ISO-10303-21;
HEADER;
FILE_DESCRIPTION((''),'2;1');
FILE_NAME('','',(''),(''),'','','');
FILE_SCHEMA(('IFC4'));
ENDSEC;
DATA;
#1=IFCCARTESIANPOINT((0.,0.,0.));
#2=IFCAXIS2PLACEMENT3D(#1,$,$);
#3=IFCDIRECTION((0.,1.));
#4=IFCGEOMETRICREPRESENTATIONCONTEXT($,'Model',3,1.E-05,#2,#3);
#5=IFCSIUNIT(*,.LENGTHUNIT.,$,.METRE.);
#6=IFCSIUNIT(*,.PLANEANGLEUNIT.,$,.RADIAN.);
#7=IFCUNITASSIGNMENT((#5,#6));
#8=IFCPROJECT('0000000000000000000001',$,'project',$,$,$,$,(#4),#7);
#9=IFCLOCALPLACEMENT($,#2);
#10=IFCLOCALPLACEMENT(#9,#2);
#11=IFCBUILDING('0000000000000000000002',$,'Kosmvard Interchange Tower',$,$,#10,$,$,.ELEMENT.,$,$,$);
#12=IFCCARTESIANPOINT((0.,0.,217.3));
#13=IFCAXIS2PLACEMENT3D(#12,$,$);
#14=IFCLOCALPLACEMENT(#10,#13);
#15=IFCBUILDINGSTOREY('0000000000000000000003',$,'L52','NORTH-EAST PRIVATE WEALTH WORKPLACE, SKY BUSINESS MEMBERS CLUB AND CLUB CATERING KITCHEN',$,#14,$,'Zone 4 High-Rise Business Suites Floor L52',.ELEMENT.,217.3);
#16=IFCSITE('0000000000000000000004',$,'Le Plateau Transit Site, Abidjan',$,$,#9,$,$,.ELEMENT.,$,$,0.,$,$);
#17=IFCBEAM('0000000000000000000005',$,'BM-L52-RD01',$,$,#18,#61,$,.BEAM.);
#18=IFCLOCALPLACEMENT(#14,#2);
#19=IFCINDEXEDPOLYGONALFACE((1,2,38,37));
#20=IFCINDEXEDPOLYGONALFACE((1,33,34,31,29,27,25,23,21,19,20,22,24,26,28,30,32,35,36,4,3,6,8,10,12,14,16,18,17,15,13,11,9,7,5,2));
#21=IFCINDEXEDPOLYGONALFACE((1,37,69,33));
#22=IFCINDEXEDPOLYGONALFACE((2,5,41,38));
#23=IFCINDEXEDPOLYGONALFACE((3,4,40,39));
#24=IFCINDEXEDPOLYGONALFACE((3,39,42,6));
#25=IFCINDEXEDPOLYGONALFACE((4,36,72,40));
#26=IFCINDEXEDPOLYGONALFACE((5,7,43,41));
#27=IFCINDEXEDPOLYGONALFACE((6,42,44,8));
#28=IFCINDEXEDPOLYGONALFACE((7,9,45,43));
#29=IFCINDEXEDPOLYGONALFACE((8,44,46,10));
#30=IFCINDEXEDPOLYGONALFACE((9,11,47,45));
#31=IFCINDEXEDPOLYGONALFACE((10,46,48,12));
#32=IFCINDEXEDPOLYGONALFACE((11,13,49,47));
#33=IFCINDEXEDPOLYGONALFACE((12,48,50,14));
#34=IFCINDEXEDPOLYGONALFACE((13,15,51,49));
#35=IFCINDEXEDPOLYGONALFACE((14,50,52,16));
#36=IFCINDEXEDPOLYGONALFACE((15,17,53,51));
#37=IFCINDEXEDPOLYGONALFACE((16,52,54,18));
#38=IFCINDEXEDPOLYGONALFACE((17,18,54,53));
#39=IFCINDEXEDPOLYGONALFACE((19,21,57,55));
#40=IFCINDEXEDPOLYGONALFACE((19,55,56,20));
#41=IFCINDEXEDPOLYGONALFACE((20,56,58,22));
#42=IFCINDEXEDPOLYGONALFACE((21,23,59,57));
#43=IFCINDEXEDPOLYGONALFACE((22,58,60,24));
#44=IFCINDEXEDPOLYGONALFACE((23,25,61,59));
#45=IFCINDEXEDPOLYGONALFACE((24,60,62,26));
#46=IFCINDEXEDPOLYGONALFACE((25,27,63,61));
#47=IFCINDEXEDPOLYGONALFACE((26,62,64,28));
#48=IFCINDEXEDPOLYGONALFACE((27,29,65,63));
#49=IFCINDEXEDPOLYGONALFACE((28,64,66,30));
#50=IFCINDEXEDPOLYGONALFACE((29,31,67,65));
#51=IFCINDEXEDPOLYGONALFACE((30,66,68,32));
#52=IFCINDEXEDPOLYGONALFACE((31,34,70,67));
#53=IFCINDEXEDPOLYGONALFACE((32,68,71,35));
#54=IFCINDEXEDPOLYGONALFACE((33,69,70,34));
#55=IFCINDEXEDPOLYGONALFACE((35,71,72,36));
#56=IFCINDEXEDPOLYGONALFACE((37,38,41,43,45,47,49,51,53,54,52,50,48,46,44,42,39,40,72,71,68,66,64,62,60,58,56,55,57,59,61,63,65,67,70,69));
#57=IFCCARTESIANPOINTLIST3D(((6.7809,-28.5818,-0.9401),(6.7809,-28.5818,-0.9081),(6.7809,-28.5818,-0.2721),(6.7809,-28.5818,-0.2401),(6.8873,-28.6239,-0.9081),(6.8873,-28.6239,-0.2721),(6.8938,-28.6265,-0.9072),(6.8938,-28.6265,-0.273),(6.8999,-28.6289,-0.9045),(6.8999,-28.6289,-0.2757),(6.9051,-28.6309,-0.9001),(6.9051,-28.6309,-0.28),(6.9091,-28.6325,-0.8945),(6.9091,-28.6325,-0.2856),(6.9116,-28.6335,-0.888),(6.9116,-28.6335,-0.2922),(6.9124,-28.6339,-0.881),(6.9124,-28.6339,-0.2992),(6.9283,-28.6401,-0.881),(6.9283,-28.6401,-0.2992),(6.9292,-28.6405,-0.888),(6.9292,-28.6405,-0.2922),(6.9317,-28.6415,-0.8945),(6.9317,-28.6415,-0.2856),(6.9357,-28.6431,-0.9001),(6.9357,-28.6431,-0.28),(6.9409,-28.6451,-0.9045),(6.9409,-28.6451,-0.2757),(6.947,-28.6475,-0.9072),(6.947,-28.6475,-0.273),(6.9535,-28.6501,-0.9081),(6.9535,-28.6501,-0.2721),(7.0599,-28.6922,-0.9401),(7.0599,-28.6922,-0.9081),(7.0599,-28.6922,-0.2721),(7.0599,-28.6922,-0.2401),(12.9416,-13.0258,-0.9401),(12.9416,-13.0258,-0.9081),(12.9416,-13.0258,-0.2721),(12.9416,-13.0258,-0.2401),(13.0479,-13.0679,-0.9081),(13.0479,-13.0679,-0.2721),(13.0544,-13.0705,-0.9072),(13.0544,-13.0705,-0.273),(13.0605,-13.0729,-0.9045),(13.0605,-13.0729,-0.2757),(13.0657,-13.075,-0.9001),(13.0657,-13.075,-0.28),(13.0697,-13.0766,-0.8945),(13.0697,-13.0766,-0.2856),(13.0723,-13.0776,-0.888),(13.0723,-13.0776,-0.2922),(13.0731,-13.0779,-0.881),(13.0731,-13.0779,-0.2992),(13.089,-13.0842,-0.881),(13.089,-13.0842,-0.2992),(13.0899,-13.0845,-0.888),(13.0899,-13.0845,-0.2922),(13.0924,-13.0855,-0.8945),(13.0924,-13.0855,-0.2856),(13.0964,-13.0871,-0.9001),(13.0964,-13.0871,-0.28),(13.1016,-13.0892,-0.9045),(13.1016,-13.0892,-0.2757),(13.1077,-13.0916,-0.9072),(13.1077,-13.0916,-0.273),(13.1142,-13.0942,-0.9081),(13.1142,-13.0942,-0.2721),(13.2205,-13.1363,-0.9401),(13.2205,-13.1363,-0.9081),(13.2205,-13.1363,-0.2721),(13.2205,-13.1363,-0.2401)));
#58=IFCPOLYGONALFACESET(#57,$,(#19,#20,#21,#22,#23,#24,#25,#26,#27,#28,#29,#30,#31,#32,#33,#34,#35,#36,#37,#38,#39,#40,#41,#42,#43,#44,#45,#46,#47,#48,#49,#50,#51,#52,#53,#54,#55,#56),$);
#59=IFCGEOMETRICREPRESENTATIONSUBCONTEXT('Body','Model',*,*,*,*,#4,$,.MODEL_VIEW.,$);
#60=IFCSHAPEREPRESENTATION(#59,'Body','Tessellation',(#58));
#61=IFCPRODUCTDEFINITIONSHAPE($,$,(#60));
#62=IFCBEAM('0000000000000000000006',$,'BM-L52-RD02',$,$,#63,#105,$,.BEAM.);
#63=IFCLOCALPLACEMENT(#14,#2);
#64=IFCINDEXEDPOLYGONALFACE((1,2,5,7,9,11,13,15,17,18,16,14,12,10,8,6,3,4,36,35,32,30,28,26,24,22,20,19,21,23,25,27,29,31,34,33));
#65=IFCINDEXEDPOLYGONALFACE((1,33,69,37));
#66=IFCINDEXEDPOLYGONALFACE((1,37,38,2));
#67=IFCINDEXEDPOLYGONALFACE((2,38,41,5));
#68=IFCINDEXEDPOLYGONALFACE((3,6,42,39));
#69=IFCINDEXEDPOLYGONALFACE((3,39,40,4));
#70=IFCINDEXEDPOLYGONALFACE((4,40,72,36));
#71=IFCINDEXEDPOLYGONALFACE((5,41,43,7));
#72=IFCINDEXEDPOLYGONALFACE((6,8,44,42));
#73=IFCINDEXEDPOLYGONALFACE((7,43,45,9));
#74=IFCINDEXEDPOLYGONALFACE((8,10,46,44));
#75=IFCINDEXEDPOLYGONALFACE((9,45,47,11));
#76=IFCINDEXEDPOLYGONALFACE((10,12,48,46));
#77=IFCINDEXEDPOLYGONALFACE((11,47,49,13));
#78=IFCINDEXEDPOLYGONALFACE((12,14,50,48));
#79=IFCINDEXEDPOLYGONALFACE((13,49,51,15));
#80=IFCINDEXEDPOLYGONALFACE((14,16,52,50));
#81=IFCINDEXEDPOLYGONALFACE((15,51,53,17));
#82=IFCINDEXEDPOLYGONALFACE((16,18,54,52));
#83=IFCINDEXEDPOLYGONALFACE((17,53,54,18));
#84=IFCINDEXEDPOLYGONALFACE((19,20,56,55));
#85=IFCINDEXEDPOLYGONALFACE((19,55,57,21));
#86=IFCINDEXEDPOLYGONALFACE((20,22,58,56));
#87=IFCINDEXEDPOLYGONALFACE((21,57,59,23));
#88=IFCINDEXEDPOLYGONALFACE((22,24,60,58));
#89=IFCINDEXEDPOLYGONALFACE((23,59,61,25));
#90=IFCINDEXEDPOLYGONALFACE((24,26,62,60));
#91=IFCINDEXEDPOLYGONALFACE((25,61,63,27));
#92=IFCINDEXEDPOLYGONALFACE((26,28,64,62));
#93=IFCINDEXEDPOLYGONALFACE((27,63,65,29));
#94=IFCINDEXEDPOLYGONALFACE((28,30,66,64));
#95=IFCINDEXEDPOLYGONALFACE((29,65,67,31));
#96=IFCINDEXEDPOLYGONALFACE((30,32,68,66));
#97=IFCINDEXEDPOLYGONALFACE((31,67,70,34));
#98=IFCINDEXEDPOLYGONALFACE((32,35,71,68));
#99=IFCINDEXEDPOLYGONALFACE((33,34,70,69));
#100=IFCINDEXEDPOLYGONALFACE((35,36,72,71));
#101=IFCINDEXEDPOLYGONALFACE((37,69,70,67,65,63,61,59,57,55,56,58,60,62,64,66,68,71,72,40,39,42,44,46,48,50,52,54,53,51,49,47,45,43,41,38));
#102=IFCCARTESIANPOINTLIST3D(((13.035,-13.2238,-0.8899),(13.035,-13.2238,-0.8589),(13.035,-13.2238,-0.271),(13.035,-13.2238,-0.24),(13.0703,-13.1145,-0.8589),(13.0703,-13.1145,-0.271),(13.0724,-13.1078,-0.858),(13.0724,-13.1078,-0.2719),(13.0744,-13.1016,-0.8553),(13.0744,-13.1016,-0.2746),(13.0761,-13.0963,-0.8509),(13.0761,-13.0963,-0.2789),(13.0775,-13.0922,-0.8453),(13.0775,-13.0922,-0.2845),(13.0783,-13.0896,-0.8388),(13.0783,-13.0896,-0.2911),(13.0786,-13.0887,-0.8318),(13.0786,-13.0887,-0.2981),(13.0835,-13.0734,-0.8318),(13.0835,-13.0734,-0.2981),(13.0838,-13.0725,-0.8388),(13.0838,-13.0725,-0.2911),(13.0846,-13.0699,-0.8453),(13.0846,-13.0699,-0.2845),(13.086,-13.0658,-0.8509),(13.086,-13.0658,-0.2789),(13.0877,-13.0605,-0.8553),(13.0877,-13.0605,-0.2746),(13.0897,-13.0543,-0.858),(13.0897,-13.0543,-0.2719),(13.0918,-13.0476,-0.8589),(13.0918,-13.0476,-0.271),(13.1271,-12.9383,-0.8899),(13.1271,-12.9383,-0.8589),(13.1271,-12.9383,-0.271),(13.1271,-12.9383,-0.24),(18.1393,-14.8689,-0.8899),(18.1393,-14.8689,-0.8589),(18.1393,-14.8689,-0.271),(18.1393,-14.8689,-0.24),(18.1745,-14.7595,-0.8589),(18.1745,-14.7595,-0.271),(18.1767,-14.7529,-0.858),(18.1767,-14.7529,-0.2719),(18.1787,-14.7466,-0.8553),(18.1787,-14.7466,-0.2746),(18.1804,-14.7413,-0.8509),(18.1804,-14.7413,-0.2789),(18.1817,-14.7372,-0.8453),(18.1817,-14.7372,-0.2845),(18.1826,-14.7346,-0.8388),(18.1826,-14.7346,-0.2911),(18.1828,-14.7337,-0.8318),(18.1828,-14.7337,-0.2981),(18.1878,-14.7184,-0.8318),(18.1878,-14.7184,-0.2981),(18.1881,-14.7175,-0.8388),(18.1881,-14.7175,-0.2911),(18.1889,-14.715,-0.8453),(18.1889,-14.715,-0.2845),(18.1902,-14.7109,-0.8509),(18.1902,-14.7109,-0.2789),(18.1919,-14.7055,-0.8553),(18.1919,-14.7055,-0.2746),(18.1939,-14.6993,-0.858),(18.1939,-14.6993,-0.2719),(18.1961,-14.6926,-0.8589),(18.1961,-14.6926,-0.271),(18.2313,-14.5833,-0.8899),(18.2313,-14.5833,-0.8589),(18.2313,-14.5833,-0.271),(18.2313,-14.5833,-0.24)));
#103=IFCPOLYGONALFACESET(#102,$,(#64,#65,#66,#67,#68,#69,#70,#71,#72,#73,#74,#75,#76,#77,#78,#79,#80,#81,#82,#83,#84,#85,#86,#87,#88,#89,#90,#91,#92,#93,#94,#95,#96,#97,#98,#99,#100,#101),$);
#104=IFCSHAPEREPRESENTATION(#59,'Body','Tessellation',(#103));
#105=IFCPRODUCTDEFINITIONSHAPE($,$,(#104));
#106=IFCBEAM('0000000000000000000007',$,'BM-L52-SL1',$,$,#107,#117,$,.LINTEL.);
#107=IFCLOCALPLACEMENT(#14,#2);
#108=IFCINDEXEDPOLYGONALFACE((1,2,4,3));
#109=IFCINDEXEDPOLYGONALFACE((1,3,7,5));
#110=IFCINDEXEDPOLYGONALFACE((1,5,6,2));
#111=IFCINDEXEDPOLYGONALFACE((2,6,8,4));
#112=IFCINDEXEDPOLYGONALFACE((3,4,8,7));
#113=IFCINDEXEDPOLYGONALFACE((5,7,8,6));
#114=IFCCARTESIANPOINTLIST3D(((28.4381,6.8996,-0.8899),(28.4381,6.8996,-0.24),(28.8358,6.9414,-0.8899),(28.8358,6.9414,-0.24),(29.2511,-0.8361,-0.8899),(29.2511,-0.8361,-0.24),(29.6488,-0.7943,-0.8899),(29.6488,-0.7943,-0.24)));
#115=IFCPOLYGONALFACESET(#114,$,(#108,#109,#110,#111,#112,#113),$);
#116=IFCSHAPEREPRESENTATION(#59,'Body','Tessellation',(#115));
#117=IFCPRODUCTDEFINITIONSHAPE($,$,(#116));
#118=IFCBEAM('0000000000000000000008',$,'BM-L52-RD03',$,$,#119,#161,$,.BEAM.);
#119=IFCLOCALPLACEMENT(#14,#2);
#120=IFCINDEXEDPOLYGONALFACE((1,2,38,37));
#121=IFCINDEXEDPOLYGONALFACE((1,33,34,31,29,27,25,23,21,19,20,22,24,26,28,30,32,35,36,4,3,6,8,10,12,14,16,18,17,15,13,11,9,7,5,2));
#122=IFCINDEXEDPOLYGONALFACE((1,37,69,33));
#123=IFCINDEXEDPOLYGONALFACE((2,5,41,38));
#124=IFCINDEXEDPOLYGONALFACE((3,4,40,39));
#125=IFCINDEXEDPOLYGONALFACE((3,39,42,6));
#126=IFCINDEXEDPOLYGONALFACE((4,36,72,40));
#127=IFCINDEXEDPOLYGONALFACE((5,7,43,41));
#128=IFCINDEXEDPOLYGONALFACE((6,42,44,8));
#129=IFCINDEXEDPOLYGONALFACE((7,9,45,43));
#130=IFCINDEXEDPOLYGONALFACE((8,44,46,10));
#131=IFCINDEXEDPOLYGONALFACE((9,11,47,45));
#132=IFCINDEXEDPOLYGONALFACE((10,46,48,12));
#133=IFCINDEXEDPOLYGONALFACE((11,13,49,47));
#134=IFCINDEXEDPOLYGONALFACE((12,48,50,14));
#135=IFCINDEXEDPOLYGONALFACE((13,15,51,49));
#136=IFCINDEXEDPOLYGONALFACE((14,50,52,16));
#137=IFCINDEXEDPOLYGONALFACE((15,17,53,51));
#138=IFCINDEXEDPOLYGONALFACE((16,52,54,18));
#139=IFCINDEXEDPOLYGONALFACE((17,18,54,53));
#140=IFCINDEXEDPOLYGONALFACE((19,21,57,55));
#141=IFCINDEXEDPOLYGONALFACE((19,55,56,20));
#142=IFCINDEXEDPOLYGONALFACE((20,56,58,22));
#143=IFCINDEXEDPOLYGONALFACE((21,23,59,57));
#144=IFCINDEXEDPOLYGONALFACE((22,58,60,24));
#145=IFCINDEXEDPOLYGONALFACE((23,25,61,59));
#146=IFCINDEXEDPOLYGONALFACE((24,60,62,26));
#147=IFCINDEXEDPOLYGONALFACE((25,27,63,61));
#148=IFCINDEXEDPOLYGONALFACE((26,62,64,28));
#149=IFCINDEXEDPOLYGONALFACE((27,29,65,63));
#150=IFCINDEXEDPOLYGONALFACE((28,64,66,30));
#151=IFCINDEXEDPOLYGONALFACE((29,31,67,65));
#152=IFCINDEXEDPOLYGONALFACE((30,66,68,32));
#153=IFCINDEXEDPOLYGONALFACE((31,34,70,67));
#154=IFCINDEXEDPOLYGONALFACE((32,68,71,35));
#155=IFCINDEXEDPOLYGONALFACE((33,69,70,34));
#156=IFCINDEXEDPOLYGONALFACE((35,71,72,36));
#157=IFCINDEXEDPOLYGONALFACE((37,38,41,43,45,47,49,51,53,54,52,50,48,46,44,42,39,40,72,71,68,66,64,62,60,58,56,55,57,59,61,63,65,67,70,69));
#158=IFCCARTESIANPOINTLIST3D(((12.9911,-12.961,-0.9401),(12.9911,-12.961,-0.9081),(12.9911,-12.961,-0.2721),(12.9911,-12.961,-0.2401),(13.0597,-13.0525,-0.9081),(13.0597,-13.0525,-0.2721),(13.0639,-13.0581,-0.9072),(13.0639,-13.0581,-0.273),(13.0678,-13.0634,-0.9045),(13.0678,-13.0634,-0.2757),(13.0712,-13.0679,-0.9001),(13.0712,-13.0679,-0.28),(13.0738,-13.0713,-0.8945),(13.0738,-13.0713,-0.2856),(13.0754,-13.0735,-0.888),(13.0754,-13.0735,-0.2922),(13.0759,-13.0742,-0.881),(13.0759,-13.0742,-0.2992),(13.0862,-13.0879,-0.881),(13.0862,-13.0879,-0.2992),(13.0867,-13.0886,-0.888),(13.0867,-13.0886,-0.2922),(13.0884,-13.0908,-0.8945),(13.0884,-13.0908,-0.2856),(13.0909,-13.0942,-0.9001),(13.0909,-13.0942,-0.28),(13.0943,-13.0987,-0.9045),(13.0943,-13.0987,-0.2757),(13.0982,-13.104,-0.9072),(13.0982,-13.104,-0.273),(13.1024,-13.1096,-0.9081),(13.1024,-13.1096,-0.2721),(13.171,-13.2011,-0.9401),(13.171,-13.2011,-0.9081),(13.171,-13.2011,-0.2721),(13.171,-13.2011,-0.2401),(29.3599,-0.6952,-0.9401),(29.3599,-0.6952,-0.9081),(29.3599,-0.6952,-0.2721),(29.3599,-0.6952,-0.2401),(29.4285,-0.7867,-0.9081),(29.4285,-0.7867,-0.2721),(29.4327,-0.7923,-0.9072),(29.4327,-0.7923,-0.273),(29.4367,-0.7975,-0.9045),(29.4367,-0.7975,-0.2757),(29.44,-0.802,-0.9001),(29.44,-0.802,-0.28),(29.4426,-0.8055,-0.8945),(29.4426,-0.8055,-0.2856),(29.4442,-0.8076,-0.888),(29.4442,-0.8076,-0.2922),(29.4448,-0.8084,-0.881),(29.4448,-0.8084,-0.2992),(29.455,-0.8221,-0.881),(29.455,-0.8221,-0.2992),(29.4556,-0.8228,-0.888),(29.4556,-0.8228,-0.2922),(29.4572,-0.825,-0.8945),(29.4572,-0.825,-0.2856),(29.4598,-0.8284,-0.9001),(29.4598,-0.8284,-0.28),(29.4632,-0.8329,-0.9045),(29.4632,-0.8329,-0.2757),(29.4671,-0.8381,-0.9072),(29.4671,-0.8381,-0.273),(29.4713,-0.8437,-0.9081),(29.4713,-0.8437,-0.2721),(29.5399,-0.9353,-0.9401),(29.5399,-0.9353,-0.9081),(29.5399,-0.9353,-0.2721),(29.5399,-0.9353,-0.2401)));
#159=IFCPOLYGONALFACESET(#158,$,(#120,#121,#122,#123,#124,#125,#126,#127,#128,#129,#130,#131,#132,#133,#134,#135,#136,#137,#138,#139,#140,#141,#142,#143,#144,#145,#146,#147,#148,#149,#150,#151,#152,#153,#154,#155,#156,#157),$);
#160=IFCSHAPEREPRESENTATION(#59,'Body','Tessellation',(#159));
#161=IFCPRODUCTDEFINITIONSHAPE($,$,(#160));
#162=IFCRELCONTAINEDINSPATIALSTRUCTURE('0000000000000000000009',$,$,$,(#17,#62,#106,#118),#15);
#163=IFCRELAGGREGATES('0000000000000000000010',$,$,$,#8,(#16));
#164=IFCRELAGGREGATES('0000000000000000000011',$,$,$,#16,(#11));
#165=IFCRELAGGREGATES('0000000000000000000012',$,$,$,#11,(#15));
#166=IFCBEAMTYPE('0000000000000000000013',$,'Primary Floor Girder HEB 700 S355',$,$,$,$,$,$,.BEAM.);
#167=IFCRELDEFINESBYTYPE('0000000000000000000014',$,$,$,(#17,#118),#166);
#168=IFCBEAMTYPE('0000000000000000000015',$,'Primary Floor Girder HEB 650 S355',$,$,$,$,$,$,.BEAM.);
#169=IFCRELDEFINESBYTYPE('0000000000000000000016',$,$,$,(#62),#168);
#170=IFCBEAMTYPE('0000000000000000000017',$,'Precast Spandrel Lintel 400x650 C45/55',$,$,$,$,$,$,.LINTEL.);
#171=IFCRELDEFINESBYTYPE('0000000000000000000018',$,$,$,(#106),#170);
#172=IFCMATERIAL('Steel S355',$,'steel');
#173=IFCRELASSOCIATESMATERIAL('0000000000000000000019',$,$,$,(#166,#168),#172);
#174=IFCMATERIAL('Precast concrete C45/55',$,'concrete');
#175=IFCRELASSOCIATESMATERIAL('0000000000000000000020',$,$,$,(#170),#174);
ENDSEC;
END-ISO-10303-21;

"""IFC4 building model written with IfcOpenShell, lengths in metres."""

from ifc_helpers import new_model, si_unit, direction, frame, origin, origin_2d, place, context, subcontext, project, spatial, rectangle, i_section, extrude, source, transform, mapped, material, material_profile, profile_set, type_object, element, save


model = new_model("IFC4")

# Units and contexts
model_context = context("Model", 3, precision=1e-05, world=origin(), true_north=direction((0.0, 1.0)))
body_context = subcontext(model_context, "Body", "Model", "MODEL_VIEW")
ifc_project = project(units=[si_unit("LENGTHUNIT", "METRE"), si_unit("PLANEANGLEUNIT", "RADIAN")], contexts=[model_context])

# Site, building, storey
site_placement = place(None, origin())
site = spatial("IfcSite", under=ifc_project, at=site_placement, Name="Le Plateau Transit Site, Abidjan", CompositionType="ELEMENT", RefElevation=0.0)
building_placement = place(site_placement, origin())
building = spatial("IfcBuilding", under=site, at=building_placement, Name="Kosmvard Interchange Tower", CompositionType="ELEMENT")
storey_placement = place(building_placement, frame((0.0, 0.0, 217.3)))
storey = spatial("IfcBuildingStorey", under=building, at=storey_placement, Name="L52", Description="NORTH-EAST PRIVATE WEALTH WORKPLACE, SKY BUSINESS MEMBERS CLUB AND CLUB CATERING KITCHEN", LongName="Zone 4 High-Rise Business Suites Floor L52", CompositionType="ELEMENT", Elevation=217.3)

# Beams
ifc_material_1 = material(Name="Steel S355", Category="steel")
ifc_material_profile_1 = material_profile(ifc_material_1, i_section(OverallWidth=0.3, OverallDepth=0.7, WebThickness=0.0171, FlangeThickness=0.032, FilletRadius=0.0271, at=origin_2d()), Name="HEB 700")
ifc_profile_set_1 = profile_set([ifc_material_profile_1], Name="Steel S355")
beam_type_1 = type_object("IfcBeamType", Name="Primary Floor Girder HEB 700 S355", PredefinedType="BEAM", material=ifc_profile_set_1)
shared_shape_1 = source(origin(), body_context, "Body", "SweptSolid", [
    extrude(i_section(OverallWidth=0.3, OverallDepth=0.7, WebThickness=0.0171, FlangeThickness=0.032, FilletRadius=0.0271, at=origin_2d()), origin(), (0.0, 0.0, 1.0), 16.7314),
])
beam_1_placement = place(storey_placement, frame((13.0811, -13.0811, -0.5901), z_axis=(-0.368209, -0.929743, 0.0), x_axis=(0.929743, -0.368209, 0.0)))
element("IfcBeam", 1, at=beam_1_placement, inside=storey, type_object=beam_type_1, Name="BM-L52-RD01", PredefinedType="BEAM", context=body_context, shape_type="MappedRepresentation", body=[
    mapped(shared_shape_1, transform((0.0, 0.0, 0.0), scale=1.0)),
])
ifc_material_profile_2 = material_profile(ifc_material_1, i_section(OverallWidth=0.3, OverallDepth=0.6499, WebThickness=0.0161, FlangeThickness=0.031, FilletRadius=0.0271, at=origin_2d()), Name="HEB 650")
ifc_profile_set_2 = profile_set([ifc_material_profile_2], Name="Steel S355")
beam_type_2 = type_object("IfcBeamType", Name="Primary Floor Girder HEB 650 S355", PredefinedType="BEAM", material=ifc_profile_set_2)
shared_shape_2 = source(origin(), body_context, "Body", "SweptSolid", [
    extrude(i_section(OverallWidth=0.3, OverallDepth=0.6499, WebThickness=0.0161, FlangeThickness=0.031, FilletRadius=0.0271, at=origin_2d()), origin(), (0.0, 0.0, 1.0), 5.3628),
])
beam_2_placement = place(storey_placement, frame((13.0811, -13.0811, -0.5649), z_axis=(0.951791, -0.306747, 0.0), x_axis=(0.306747, 0.951791, 0.0)))
element("IfcBeam", 2, at=beam_2_placement, inside=storey, type_object=beam_type_2, Name="BM-L52-RD02", PredefinedType="BEAM", context=body_context, shape_type="MappedRepresentation", body=[
    mapped(shared_shape_2, transform((0.0, 0.0, 0.0), scale=1.0)),
])
ifc_material_2 = material(Name="Precast concrete C45/55", Category="concrete")
ifc_material_profile_3 = material_profile(ifc_material_2, rectangle(XDim=0.3999, YDim=0.6499, at=origin_2d()), Name="SL 400x650")
ifc_profile_set_3 = profile_set([ifc_material_profile_3], Name="Precast concrete C45/55")
beam_type_3 = type_object("IfcBeamType", Name="Precast Spandrel Lintel 400x650 C45/55", PredefinedType="LINTEL", material=ifc_profile_set_3)
shared_shape_3 = source(origin(), body_context, "Body", "SweptSolid", [
    extrude(rectangle(XDim=0.3999, YDim=0.6499, at=origin_2d()), origin(), (0.0, 0.0, 1.0), 7.7783),
])
beam_3_placement = place(storey_placement, frame((29.45, -0.8152, -0.5649), z_axis=(-0.104521, 0.994523, 0.0), x_axis=(-0.994523, -0.104521, 0.0)))
element("IfcBeam", 3, at=beam_3_placement, inside=storey, type_object=beam_type_3, Name="BM-L52-SL1", PredefinedType="LINTEL", context=body_context, shape_type="MappedRepresentation", body=[
    mapped(shared_shape_3, transform((0.0, 0.0, 0.0), scale=1.0)),
])
shared_shape_4 = source(origin(), body_context, "Body", "SweptSolid", [
    extrude(i_section(OverallWidth=0.3, OverallDepth=0.7, WebThickness=0.0171, FlangeThickness=0.032, FilletRadius=0.0271, at=origin_2d()), origin(), (0.0, 0.0, 1.0), 20.4546),
])
beam_4_placement = place(storey_placement, frame((13.0811, -13.0811, -0.5901), z_axis=(0.800253, 0.599662, 0.0), x_axis=(-0.599662, 0.800253, 0.0)))
element("IfcBeam", 4, at=beam_4_placement, inside=storey, type_object=beam_type_1, Name="BM-L52-RD03", PredefinedType="BEAM", context=body_context, shape_type="MappedRepresentation", body=[
    mapped(shared_shape_4, transform((0.0, 0.0, 0.0), scale=1.0)),
])

save(model, "model.ifc")
